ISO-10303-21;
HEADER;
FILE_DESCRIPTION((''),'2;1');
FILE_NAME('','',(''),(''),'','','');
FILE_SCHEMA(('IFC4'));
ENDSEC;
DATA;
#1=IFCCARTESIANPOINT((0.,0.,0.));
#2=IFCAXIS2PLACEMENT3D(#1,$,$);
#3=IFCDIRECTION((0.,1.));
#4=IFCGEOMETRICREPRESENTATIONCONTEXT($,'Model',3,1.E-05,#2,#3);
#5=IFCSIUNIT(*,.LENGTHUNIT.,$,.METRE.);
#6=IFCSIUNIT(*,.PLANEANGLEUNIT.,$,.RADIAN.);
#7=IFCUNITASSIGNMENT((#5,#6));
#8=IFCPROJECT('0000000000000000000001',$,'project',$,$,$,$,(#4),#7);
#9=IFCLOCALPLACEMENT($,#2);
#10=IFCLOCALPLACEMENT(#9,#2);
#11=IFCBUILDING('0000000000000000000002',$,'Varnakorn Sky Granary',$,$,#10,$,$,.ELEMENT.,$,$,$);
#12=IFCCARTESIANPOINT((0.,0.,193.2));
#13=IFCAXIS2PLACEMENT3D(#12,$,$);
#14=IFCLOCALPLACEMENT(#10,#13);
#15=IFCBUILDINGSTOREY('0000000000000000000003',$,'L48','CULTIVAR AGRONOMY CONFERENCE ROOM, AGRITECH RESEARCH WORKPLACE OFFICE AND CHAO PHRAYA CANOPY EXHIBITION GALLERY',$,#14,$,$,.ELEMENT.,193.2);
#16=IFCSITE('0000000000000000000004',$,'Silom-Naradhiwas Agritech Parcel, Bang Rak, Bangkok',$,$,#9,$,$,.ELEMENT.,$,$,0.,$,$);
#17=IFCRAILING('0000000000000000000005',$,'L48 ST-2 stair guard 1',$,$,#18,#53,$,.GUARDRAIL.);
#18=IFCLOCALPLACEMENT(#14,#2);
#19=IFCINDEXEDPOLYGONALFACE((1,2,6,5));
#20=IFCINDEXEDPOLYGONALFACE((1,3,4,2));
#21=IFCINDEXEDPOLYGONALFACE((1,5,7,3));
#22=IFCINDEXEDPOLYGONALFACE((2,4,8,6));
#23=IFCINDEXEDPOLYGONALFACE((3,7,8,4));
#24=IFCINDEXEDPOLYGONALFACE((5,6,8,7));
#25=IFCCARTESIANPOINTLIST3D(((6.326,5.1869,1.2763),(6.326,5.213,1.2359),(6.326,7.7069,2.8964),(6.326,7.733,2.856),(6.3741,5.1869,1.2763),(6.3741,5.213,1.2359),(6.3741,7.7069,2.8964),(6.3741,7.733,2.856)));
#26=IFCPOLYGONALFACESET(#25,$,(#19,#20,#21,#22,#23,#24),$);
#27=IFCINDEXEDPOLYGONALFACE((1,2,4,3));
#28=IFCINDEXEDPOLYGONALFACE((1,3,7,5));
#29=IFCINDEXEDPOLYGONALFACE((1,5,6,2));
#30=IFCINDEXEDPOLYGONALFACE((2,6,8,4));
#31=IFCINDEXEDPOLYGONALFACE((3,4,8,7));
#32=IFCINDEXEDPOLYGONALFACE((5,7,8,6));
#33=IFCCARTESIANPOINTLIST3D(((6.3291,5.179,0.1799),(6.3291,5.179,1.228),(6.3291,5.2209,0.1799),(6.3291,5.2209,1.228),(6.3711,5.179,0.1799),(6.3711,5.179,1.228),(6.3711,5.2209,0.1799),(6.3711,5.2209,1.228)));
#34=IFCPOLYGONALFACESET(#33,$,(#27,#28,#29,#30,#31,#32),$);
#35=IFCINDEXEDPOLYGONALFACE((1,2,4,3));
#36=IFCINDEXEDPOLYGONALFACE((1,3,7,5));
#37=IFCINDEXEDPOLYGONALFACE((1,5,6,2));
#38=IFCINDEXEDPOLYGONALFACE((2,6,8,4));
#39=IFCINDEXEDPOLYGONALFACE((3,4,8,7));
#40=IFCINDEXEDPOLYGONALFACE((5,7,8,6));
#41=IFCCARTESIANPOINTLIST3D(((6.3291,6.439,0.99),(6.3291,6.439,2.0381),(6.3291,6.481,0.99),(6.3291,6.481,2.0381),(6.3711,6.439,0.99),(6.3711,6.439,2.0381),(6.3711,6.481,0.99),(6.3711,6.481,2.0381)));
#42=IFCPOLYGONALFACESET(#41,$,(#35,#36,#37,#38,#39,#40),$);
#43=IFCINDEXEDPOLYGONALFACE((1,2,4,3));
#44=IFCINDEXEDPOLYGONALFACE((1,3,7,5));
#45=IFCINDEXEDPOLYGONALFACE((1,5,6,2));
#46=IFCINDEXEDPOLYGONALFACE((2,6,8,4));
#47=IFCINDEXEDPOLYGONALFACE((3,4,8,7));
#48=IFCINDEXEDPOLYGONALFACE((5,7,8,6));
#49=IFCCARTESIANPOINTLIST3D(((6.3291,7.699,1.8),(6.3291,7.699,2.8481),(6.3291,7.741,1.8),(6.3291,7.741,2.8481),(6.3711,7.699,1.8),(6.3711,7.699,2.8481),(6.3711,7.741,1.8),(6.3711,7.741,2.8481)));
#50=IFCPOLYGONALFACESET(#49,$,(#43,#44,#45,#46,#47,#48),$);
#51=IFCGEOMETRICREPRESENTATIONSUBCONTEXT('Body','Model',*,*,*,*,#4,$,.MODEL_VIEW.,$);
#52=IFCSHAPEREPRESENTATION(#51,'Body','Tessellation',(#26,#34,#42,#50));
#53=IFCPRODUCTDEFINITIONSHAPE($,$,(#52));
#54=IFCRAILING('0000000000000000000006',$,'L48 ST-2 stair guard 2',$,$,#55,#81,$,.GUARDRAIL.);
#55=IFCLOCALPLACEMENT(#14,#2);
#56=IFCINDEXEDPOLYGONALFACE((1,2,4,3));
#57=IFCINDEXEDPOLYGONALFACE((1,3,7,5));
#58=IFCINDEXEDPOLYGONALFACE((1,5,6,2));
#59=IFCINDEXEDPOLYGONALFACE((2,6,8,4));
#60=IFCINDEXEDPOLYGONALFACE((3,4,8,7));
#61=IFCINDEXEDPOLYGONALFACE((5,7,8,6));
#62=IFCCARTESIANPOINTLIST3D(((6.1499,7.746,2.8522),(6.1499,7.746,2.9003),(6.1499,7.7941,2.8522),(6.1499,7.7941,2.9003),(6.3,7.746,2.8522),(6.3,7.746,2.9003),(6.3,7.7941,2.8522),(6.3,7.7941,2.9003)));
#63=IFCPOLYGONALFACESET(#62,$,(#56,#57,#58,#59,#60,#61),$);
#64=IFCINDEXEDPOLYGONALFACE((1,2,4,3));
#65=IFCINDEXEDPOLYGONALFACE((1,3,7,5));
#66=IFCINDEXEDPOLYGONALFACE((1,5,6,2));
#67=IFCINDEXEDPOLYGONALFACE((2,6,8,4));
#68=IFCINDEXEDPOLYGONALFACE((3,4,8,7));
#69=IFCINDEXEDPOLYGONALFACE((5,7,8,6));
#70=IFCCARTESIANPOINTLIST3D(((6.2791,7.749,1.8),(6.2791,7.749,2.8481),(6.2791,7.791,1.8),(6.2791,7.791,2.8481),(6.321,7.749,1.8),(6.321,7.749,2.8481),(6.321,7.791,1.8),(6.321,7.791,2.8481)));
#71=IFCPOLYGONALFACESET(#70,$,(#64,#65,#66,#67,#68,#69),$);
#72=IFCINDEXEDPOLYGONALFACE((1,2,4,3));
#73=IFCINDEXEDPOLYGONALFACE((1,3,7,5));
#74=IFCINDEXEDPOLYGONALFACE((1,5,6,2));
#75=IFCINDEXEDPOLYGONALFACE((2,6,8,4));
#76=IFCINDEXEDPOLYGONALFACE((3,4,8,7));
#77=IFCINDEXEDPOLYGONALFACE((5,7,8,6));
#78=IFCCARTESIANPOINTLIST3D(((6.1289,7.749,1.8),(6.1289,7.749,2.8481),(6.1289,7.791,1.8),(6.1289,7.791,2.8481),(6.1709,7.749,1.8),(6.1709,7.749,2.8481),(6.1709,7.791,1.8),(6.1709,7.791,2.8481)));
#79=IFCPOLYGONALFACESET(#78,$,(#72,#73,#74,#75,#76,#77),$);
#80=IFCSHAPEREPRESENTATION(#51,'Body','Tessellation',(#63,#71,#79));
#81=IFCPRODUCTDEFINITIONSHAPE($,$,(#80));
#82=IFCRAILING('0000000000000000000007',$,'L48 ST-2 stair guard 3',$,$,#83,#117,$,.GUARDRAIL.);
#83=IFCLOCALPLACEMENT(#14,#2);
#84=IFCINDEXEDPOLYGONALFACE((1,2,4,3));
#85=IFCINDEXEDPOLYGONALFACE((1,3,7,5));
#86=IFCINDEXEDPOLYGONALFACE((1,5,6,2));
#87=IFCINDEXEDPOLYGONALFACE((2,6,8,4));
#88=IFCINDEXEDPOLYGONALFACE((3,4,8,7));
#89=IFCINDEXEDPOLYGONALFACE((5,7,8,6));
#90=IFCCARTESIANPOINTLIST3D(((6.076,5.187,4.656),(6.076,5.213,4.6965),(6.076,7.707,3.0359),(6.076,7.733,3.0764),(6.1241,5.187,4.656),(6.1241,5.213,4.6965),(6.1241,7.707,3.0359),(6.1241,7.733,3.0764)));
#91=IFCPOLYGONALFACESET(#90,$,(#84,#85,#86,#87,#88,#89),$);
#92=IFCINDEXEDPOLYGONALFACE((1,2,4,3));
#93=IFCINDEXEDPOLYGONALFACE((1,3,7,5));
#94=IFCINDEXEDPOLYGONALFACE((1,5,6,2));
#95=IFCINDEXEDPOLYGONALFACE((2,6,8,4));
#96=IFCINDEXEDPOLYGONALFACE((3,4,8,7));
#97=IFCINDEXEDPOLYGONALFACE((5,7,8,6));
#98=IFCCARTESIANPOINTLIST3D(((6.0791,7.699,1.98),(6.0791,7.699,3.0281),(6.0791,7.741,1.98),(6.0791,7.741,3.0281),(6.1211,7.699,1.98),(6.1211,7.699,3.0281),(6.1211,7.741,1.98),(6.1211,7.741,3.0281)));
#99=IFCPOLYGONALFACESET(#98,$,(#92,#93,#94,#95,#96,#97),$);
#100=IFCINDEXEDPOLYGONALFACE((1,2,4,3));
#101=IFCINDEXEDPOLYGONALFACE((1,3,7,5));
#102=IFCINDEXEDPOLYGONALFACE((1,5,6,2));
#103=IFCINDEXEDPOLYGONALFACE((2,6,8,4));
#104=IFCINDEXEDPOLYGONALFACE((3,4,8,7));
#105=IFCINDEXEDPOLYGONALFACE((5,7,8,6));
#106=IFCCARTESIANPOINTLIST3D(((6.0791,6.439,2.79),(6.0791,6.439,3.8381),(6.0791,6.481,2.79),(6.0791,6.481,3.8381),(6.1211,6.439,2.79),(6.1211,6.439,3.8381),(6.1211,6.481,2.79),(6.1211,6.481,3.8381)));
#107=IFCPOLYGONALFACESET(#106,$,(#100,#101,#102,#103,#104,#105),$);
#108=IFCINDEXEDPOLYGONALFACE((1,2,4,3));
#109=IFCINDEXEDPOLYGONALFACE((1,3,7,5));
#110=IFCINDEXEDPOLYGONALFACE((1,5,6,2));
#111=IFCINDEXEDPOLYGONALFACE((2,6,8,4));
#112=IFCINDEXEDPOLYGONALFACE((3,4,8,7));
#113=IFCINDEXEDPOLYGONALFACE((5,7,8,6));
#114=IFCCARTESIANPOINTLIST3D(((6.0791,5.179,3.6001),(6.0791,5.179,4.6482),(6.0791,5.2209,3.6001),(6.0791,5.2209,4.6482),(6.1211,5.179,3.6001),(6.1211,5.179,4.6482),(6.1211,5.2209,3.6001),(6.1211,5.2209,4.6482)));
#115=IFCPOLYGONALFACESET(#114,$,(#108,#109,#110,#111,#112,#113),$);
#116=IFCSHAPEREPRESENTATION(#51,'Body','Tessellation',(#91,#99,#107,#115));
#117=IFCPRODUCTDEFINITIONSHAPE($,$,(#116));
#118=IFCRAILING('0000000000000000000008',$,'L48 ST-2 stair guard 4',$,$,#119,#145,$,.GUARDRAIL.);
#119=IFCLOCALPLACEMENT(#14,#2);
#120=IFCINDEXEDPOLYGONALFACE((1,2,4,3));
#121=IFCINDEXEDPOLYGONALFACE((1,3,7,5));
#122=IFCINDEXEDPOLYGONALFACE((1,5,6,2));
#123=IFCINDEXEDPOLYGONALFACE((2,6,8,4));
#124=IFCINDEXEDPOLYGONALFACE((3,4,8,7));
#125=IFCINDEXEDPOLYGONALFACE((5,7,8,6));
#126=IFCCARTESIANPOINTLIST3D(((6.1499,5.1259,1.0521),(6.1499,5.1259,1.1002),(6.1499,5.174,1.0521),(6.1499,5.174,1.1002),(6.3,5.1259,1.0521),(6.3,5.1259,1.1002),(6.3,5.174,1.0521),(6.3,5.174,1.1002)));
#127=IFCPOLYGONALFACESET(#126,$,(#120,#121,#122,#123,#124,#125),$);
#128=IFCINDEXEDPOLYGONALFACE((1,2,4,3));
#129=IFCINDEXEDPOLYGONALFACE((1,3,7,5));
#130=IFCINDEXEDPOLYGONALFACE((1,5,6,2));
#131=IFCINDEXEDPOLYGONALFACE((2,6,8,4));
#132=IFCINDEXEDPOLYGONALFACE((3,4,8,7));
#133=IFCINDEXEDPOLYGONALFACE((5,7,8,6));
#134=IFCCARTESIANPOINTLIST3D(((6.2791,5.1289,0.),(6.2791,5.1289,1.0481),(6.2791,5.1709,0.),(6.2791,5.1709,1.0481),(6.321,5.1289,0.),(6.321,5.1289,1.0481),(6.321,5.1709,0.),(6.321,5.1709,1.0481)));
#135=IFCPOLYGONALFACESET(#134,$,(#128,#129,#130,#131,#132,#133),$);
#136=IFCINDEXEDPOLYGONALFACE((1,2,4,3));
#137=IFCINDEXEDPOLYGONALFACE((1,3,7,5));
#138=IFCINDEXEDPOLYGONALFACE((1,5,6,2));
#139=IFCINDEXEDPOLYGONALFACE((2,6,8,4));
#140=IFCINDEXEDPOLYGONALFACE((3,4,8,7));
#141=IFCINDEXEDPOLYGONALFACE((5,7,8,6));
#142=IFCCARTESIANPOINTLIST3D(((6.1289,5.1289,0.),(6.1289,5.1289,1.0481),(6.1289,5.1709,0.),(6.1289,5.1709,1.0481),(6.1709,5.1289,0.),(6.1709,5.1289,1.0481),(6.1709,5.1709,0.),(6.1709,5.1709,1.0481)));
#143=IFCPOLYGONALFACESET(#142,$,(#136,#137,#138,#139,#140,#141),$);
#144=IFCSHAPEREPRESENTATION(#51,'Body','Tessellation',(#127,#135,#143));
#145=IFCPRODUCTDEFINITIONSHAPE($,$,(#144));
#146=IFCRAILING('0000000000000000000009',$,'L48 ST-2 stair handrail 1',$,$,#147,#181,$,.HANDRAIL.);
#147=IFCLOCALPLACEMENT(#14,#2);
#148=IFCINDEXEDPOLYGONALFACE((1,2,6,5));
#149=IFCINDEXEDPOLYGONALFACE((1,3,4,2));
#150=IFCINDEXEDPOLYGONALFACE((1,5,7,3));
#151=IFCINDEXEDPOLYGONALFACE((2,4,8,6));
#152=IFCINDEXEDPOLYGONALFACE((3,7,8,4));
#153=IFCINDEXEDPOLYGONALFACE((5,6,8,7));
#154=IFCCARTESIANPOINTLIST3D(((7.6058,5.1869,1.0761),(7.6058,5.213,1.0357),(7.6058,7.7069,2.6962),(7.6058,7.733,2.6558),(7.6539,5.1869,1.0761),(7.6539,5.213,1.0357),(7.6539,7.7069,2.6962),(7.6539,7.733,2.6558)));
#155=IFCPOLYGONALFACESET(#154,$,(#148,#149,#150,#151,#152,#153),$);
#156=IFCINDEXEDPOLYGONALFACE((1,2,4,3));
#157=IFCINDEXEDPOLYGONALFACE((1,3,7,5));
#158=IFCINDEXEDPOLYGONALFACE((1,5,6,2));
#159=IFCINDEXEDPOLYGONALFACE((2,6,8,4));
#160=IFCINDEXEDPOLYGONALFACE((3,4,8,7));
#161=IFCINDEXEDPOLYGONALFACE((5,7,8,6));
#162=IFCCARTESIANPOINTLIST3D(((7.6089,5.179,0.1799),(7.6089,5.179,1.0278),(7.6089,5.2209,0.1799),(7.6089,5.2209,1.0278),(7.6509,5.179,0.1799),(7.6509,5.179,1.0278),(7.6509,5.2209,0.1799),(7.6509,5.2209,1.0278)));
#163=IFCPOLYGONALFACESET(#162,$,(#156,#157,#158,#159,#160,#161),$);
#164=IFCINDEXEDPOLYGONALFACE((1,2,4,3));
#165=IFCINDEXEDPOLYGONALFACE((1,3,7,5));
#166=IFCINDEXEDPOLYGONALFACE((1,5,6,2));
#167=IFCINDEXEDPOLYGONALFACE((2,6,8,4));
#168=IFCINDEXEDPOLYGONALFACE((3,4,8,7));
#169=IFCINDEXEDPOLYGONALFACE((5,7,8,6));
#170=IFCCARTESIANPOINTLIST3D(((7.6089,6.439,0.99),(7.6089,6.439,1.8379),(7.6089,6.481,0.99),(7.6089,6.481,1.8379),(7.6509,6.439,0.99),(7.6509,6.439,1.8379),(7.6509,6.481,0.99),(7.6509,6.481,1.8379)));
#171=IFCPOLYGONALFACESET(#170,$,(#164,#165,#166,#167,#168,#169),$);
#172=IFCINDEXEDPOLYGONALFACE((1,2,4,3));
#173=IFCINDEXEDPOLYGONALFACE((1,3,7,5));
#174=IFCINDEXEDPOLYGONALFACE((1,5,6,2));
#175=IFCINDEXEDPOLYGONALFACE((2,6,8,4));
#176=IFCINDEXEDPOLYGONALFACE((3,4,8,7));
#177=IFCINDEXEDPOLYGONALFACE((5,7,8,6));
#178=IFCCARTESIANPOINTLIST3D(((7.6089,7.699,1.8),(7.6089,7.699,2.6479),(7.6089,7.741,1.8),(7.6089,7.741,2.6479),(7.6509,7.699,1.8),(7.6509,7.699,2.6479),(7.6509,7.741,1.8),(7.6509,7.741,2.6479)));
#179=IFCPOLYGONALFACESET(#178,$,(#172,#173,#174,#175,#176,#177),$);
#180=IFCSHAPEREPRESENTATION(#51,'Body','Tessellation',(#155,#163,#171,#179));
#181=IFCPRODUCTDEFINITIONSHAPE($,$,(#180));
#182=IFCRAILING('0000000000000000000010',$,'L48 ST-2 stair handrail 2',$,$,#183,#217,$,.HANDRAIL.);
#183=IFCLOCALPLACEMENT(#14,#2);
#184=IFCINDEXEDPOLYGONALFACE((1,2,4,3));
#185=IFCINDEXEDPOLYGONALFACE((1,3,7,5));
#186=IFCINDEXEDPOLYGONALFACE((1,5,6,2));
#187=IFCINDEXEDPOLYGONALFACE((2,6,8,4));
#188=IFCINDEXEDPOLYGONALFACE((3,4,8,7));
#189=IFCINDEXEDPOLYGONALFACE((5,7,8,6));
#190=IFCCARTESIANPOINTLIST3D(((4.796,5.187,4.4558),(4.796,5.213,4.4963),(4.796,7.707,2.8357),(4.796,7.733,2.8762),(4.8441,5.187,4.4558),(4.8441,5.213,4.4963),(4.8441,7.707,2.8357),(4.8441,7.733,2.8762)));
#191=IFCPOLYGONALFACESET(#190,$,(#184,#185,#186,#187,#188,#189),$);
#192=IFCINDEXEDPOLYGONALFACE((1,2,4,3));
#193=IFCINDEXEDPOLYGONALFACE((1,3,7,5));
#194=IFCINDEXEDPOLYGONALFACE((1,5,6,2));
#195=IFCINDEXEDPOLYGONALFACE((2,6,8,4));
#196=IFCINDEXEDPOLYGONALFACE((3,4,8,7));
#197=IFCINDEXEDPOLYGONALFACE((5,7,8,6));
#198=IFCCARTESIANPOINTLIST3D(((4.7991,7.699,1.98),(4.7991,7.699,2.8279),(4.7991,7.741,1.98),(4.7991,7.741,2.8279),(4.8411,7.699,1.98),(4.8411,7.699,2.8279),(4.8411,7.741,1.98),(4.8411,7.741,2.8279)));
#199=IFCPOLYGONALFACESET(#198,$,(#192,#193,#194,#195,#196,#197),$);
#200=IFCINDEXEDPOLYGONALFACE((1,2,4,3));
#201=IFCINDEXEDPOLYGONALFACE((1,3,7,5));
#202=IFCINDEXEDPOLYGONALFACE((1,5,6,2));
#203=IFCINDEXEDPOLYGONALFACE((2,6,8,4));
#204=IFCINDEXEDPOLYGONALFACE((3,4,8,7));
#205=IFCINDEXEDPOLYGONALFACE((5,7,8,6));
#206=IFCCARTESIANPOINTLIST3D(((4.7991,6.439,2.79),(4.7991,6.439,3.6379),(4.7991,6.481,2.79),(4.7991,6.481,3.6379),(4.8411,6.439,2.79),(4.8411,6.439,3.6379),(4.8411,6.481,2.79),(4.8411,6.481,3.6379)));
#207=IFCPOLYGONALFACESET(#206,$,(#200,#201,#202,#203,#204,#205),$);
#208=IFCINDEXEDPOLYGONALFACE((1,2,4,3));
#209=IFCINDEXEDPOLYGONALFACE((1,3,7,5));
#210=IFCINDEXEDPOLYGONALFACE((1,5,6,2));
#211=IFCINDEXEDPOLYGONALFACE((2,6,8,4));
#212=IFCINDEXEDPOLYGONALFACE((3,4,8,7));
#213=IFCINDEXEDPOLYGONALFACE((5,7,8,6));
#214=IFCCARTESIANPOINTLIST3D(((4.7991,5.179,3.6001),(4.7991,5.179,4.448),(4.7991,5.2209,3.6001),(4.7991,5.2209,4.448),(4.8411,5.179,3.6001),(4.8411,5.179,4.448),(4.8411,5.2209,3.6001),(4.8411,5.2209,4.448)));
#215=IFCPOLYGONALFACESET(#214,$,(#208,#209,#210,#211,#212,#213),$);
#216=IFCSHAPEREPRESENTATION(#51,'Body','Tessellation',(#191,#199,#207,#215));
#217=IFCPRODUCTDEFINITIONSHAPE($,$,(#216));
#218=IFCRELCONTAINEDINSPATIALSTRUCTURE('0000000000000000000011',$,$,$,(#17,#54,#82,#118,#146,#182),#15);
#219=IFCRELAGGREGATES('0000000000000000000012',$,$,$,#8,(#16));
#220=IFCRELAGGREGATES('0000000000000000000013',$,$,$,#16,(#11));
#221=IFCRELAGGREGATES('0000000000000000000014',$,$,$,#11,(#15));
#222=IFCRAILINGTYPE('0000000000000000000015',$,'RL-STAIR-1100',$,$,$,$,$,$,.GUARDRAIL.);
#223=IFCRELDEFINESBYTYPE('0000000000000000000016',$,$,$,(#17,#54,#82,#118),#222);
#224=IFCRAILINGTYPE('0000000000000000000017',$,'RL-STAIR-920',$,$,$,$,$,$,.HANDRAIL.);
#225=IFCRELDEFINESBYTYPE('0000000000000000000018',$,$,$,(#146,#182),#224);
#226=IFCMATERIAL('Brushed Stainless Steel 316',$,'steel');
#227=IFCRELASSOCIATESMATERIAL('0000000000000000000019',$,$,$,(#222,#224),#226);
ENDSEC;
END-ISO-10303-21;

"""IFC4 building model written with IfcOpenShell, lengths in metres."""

from ifc_helpers import new_model, si_unit, direction, frame, origin, origin_2d, place, context, subcontext, project, spatial, rectangle, extrude, material, type_object, element, save


model = new_model("IFC4")

# Units and contexts
model_context = context("Model", 3, precision=1e-05, world=origin(), true_north=direction((0.0, 1.0)))
body_context = subcontext(model_context, "Body", "Model", "MODEL_VIEW")
ifc_project = project(units=[si_unit("LENGTHUNIT", "METRE"), si_unit("PLANEANGLEUNIT", "RADIAN")], contexts=[model_context])

# Site, building, storey
site_placement = place(None, origin())
site = spatial("IfcSite", under=ifc_project, at=site_placement, Name="Silom-Naradhiwas Agritech Parcel, Bang Rak, Bangkok", CompositionType="ELEMENT", RefElevation=0.0)
building_placement = place(site_placement, origin())
building = spatial("IfcBuilding", under=site, at=building_placement, Name="Varnakorn Sky Granary", CompositionType="ELEMENT")
storey_placement = place(building_placement, frame((0.0, 0.0, 193.2)))
storey = spatial("IfcBuildingStorey", under=building, at=storey_placement, Name="L48", Description="CULTIVAR AGRONOMY CONFERENCE ROOM, AGRITECH RESEARCH WORKPLACE OFFICE AND CHAO PHRAYA CANOPY EXHIBITION GALLERY", CompositionType="ELEMENT", Elevation=193.2)

# Railings
ifc_material_1 = material(Name="Brushed Stainless Steel 316", Category="steel")
railing_type_1 = type_object("IfcRailingType", Name="RL-STAIR-1100", PredefinedType="GUARDRAIL", material=ifc_material_1)
railing_1_placement = place(storey_placement, frame((6.3501, 5.2, 0.1799)))
element("IfcRailing", 1, at=railing_1_placement, inside=storey, type_object=railing_type_1, Name="L48 ST-2 stair guard 1", PredefinedType="GUARDRAIL", context=body_context, shape_type="SweptSolid", body=[
    extrude(rectangle(XDim=0.0481, YDim=0.0481, at=origin_2d()), frame((0.0, 0.0, 1.0762), z_axis=(0.0, 0.841163, 0.540782), x_axis=(-1.0, 0.0, 0.0)), (0.0, 0.0, 1.0), 2.9958),
    extrude(rectangle(XDim=0.042, YDim=0.042, at=origin_2d()), origin(), (0.0, 0.0, 1.0), 1.0481),
    extrude(rectangle(XDim=0.042, YDim=0.042, at=origin_2d()), frame((0.0, 1.26, 0.8101)), (0.0, 0.0, 1.0), 1.0481),
    extrude(rectangle(XDim=0.042, YDim=0.042, at=origin_2d()), frame((0.0, 2.52, 1.6201)), (0.0, 0.0, 1.0), 1.0481),
])
railing_2_placement = place(storey_placement, frame((6.3, 7.77, 1.8)))
element("IfcRailing", 2, at=railing_2_placement, inside=storey, type_object=railing_type_1, Name="L48 ST-2 stair guard 2", PredefinedType="GUARDRAIL", context=body_context, shape_type="SweptSolid", body=[
    extrude(rectangle(XDim=0.0481, YDim=0.0481, at=origin_2d()), frame((0.0, 0.0, 1.0762), z_axis=(-1.0, 0.0, 0.0), x_axis=(0.0, -1.0, 0.0)), (0.0, 0.0, 1.0), 0.1501),
    extrude(rectangle(XDim=0.042, YDim=0.042, at=origin_2d()), origin(), (0.0, 0.0, 1.0), 1.0481),
    extrude(rectangle(XDim=0.042, YDim=0.042, at=origin_2d()), frame((-0.1501, 0.0, 0.0)), (0.0, 0.0, 1.0), 1.0481),
])
railing_3_placement = place(storey_placement, frame((6.1001, 7.72, 1.98)))
element("IfcRailing", 3, at=railing_3_placement, inside=storey, type_object=railing_type_1, Name="L48 ST-2 stair guard 3", PredefinedType="GUARDRAIL", context=body_context, shape_type="SweptSolid", body=[
    extrude(rectangle(XDim=0.0481, YDim=0.0481, at=origin_2d()), frame((0.0, 0.0, 1.0762), z_axis=(0.0, -0.841163, 0.540782), x_axis=(1.0, 0.0, 0.0)), (0.0, 0.0, 1.0), 2.9958),
    extrude(rectangle(XDim=0.042, YDim=0.042, at=origin_2d()), origin(), (0.0, 0.0, 1.0), 1.0481),
    extrude(rectangle(XDim=0.042, YDim=0.042, at=origin_2d()), frame((0.0, -1.26, 0.8101)), (0.0, 0.0, 1.0), 1.0481),
    extrude(rectangle(XDim=0.042, YDim=0.042, at=origin_2d()), frame((0.0, -2.52, 1.6201)), (0.0, 0.0, 1.0), 1.0481),
])
railing_4_placement = place(storey_placement, frame((6.3, 5.1499, 0.0)))
element("IfcRailing", 4, at=railing_4_placement, inside=storey, type_object=railing_type_1, Name="L48 ST-2 stair guard 4", PredefinedType="GUARDRAIL", context=body_context, shape_type="SweptSolid", body=[
    extrude(rectangle(XDim=0.0481, YDim=0.0481, at=origin_2d()), frame((0.0, 0.0, 1.0762), z_axis=(-1.0, 0.0, 0.0), x_axis=(0.0, -1.0, 0.0)), (0.0, 0.0, 1.0), 0.1501),
    extrude(rectangle(XDim=0.042, YDim=0.042, at=origin_2d()), origin(), (0.0, 0.0, 1.0), 1.0481),
    extrude(rectangle(XDim=0.042, YDim=0.042, at=origin_2d()), frame((-0.1501, 0.0, 0.0)), (0.0, 0.0, 1.0), 1.0481),
])
railing_type_2 = type_object("IfcRailingType", Name="RL-STAIR-920", PredefinedType="HANDRAIL", material=ifc_material_1)
railing_5_placement = place(storey_placement, frame((7.6299, 5.2, 0.1799)))
element("IfcRailing", 5, at=railing_5_placement, inside=storey, type_object=railing_type_2, Name="L48 ST-2 stair handrail 1", PredefinedType="HANDRAIL", context=body_context, shape_type="SweptSolid", body=[
    extrude(rectangle(XDim=0.0481, YDim=0.0481, at=origin_2d()), frame((0.0, 0.0, 0.876), z_axis=(0.0, 0.841163, 0.540782), x_axis=(-1.0, 0.0, 0.0)), (0.0, 0.0, 1.0), 2.9958),
    extrude(rectangle(XDim=0.042, YDim=0.042, at=origin_2d()), origin(), (0.0, 0.0, 1.0), 0.8479),
    extrude(rectangle(XDim=0.042, YDim=0.042, at=origin_2d()), frame((0.0, 1.26, 0.8101)), (0.0, 0.0, 1.0), 0.8479),
    extrude(rectangle(XDim=0.042, YDim=0.042, at=origin_2d()), frame((0.0, 2.52, 1.6201)), (0.0, 0.0, 1.0), 0.8479),
])
railing_6_placement = place(storey_placement, frame((4.8201, 7.72, 1.98)))
element("IfcRailing", 6, at=railing_6_placement, inside=storey, type_object=railing_type_2, Name="L48 ST-2 stair handrail 2", PredefinedType="HANDRAIL", context=body_context, shape_type="SweptSolid", body=[
    extrude(rectangle(XDim=0.0481, YDim=0.0481, at=origin_2d()), frame((0.0, 0.0, 0.876), z_axis=(0.0, -0.841163, 0.540782), x_axis=(1.0, 0.0, 0.0)), (0.0, 0.0, 1.0), 2.9958),
    extrude(rectangle(XDim=0.042, YDim=0.042, at=origin_2d()), origin(), (0.0, 0.0, 1.0), 0.8479),
    extrude(rectangle(XDim=0.042, YDim=0.042, at=origin_2d()), frame((0.0, -1.26, 0.8101)), (0.0, 0.0, 1.0), 0.8479),
    extrude(rectangle(XDim=0.042, YDim=0.042, at=origin_2d()), frame((0.0, -2.52, 1.6201)), (0.0, 0.0, 1.0), 0.8479),
])

save(model, "model.ifc")
